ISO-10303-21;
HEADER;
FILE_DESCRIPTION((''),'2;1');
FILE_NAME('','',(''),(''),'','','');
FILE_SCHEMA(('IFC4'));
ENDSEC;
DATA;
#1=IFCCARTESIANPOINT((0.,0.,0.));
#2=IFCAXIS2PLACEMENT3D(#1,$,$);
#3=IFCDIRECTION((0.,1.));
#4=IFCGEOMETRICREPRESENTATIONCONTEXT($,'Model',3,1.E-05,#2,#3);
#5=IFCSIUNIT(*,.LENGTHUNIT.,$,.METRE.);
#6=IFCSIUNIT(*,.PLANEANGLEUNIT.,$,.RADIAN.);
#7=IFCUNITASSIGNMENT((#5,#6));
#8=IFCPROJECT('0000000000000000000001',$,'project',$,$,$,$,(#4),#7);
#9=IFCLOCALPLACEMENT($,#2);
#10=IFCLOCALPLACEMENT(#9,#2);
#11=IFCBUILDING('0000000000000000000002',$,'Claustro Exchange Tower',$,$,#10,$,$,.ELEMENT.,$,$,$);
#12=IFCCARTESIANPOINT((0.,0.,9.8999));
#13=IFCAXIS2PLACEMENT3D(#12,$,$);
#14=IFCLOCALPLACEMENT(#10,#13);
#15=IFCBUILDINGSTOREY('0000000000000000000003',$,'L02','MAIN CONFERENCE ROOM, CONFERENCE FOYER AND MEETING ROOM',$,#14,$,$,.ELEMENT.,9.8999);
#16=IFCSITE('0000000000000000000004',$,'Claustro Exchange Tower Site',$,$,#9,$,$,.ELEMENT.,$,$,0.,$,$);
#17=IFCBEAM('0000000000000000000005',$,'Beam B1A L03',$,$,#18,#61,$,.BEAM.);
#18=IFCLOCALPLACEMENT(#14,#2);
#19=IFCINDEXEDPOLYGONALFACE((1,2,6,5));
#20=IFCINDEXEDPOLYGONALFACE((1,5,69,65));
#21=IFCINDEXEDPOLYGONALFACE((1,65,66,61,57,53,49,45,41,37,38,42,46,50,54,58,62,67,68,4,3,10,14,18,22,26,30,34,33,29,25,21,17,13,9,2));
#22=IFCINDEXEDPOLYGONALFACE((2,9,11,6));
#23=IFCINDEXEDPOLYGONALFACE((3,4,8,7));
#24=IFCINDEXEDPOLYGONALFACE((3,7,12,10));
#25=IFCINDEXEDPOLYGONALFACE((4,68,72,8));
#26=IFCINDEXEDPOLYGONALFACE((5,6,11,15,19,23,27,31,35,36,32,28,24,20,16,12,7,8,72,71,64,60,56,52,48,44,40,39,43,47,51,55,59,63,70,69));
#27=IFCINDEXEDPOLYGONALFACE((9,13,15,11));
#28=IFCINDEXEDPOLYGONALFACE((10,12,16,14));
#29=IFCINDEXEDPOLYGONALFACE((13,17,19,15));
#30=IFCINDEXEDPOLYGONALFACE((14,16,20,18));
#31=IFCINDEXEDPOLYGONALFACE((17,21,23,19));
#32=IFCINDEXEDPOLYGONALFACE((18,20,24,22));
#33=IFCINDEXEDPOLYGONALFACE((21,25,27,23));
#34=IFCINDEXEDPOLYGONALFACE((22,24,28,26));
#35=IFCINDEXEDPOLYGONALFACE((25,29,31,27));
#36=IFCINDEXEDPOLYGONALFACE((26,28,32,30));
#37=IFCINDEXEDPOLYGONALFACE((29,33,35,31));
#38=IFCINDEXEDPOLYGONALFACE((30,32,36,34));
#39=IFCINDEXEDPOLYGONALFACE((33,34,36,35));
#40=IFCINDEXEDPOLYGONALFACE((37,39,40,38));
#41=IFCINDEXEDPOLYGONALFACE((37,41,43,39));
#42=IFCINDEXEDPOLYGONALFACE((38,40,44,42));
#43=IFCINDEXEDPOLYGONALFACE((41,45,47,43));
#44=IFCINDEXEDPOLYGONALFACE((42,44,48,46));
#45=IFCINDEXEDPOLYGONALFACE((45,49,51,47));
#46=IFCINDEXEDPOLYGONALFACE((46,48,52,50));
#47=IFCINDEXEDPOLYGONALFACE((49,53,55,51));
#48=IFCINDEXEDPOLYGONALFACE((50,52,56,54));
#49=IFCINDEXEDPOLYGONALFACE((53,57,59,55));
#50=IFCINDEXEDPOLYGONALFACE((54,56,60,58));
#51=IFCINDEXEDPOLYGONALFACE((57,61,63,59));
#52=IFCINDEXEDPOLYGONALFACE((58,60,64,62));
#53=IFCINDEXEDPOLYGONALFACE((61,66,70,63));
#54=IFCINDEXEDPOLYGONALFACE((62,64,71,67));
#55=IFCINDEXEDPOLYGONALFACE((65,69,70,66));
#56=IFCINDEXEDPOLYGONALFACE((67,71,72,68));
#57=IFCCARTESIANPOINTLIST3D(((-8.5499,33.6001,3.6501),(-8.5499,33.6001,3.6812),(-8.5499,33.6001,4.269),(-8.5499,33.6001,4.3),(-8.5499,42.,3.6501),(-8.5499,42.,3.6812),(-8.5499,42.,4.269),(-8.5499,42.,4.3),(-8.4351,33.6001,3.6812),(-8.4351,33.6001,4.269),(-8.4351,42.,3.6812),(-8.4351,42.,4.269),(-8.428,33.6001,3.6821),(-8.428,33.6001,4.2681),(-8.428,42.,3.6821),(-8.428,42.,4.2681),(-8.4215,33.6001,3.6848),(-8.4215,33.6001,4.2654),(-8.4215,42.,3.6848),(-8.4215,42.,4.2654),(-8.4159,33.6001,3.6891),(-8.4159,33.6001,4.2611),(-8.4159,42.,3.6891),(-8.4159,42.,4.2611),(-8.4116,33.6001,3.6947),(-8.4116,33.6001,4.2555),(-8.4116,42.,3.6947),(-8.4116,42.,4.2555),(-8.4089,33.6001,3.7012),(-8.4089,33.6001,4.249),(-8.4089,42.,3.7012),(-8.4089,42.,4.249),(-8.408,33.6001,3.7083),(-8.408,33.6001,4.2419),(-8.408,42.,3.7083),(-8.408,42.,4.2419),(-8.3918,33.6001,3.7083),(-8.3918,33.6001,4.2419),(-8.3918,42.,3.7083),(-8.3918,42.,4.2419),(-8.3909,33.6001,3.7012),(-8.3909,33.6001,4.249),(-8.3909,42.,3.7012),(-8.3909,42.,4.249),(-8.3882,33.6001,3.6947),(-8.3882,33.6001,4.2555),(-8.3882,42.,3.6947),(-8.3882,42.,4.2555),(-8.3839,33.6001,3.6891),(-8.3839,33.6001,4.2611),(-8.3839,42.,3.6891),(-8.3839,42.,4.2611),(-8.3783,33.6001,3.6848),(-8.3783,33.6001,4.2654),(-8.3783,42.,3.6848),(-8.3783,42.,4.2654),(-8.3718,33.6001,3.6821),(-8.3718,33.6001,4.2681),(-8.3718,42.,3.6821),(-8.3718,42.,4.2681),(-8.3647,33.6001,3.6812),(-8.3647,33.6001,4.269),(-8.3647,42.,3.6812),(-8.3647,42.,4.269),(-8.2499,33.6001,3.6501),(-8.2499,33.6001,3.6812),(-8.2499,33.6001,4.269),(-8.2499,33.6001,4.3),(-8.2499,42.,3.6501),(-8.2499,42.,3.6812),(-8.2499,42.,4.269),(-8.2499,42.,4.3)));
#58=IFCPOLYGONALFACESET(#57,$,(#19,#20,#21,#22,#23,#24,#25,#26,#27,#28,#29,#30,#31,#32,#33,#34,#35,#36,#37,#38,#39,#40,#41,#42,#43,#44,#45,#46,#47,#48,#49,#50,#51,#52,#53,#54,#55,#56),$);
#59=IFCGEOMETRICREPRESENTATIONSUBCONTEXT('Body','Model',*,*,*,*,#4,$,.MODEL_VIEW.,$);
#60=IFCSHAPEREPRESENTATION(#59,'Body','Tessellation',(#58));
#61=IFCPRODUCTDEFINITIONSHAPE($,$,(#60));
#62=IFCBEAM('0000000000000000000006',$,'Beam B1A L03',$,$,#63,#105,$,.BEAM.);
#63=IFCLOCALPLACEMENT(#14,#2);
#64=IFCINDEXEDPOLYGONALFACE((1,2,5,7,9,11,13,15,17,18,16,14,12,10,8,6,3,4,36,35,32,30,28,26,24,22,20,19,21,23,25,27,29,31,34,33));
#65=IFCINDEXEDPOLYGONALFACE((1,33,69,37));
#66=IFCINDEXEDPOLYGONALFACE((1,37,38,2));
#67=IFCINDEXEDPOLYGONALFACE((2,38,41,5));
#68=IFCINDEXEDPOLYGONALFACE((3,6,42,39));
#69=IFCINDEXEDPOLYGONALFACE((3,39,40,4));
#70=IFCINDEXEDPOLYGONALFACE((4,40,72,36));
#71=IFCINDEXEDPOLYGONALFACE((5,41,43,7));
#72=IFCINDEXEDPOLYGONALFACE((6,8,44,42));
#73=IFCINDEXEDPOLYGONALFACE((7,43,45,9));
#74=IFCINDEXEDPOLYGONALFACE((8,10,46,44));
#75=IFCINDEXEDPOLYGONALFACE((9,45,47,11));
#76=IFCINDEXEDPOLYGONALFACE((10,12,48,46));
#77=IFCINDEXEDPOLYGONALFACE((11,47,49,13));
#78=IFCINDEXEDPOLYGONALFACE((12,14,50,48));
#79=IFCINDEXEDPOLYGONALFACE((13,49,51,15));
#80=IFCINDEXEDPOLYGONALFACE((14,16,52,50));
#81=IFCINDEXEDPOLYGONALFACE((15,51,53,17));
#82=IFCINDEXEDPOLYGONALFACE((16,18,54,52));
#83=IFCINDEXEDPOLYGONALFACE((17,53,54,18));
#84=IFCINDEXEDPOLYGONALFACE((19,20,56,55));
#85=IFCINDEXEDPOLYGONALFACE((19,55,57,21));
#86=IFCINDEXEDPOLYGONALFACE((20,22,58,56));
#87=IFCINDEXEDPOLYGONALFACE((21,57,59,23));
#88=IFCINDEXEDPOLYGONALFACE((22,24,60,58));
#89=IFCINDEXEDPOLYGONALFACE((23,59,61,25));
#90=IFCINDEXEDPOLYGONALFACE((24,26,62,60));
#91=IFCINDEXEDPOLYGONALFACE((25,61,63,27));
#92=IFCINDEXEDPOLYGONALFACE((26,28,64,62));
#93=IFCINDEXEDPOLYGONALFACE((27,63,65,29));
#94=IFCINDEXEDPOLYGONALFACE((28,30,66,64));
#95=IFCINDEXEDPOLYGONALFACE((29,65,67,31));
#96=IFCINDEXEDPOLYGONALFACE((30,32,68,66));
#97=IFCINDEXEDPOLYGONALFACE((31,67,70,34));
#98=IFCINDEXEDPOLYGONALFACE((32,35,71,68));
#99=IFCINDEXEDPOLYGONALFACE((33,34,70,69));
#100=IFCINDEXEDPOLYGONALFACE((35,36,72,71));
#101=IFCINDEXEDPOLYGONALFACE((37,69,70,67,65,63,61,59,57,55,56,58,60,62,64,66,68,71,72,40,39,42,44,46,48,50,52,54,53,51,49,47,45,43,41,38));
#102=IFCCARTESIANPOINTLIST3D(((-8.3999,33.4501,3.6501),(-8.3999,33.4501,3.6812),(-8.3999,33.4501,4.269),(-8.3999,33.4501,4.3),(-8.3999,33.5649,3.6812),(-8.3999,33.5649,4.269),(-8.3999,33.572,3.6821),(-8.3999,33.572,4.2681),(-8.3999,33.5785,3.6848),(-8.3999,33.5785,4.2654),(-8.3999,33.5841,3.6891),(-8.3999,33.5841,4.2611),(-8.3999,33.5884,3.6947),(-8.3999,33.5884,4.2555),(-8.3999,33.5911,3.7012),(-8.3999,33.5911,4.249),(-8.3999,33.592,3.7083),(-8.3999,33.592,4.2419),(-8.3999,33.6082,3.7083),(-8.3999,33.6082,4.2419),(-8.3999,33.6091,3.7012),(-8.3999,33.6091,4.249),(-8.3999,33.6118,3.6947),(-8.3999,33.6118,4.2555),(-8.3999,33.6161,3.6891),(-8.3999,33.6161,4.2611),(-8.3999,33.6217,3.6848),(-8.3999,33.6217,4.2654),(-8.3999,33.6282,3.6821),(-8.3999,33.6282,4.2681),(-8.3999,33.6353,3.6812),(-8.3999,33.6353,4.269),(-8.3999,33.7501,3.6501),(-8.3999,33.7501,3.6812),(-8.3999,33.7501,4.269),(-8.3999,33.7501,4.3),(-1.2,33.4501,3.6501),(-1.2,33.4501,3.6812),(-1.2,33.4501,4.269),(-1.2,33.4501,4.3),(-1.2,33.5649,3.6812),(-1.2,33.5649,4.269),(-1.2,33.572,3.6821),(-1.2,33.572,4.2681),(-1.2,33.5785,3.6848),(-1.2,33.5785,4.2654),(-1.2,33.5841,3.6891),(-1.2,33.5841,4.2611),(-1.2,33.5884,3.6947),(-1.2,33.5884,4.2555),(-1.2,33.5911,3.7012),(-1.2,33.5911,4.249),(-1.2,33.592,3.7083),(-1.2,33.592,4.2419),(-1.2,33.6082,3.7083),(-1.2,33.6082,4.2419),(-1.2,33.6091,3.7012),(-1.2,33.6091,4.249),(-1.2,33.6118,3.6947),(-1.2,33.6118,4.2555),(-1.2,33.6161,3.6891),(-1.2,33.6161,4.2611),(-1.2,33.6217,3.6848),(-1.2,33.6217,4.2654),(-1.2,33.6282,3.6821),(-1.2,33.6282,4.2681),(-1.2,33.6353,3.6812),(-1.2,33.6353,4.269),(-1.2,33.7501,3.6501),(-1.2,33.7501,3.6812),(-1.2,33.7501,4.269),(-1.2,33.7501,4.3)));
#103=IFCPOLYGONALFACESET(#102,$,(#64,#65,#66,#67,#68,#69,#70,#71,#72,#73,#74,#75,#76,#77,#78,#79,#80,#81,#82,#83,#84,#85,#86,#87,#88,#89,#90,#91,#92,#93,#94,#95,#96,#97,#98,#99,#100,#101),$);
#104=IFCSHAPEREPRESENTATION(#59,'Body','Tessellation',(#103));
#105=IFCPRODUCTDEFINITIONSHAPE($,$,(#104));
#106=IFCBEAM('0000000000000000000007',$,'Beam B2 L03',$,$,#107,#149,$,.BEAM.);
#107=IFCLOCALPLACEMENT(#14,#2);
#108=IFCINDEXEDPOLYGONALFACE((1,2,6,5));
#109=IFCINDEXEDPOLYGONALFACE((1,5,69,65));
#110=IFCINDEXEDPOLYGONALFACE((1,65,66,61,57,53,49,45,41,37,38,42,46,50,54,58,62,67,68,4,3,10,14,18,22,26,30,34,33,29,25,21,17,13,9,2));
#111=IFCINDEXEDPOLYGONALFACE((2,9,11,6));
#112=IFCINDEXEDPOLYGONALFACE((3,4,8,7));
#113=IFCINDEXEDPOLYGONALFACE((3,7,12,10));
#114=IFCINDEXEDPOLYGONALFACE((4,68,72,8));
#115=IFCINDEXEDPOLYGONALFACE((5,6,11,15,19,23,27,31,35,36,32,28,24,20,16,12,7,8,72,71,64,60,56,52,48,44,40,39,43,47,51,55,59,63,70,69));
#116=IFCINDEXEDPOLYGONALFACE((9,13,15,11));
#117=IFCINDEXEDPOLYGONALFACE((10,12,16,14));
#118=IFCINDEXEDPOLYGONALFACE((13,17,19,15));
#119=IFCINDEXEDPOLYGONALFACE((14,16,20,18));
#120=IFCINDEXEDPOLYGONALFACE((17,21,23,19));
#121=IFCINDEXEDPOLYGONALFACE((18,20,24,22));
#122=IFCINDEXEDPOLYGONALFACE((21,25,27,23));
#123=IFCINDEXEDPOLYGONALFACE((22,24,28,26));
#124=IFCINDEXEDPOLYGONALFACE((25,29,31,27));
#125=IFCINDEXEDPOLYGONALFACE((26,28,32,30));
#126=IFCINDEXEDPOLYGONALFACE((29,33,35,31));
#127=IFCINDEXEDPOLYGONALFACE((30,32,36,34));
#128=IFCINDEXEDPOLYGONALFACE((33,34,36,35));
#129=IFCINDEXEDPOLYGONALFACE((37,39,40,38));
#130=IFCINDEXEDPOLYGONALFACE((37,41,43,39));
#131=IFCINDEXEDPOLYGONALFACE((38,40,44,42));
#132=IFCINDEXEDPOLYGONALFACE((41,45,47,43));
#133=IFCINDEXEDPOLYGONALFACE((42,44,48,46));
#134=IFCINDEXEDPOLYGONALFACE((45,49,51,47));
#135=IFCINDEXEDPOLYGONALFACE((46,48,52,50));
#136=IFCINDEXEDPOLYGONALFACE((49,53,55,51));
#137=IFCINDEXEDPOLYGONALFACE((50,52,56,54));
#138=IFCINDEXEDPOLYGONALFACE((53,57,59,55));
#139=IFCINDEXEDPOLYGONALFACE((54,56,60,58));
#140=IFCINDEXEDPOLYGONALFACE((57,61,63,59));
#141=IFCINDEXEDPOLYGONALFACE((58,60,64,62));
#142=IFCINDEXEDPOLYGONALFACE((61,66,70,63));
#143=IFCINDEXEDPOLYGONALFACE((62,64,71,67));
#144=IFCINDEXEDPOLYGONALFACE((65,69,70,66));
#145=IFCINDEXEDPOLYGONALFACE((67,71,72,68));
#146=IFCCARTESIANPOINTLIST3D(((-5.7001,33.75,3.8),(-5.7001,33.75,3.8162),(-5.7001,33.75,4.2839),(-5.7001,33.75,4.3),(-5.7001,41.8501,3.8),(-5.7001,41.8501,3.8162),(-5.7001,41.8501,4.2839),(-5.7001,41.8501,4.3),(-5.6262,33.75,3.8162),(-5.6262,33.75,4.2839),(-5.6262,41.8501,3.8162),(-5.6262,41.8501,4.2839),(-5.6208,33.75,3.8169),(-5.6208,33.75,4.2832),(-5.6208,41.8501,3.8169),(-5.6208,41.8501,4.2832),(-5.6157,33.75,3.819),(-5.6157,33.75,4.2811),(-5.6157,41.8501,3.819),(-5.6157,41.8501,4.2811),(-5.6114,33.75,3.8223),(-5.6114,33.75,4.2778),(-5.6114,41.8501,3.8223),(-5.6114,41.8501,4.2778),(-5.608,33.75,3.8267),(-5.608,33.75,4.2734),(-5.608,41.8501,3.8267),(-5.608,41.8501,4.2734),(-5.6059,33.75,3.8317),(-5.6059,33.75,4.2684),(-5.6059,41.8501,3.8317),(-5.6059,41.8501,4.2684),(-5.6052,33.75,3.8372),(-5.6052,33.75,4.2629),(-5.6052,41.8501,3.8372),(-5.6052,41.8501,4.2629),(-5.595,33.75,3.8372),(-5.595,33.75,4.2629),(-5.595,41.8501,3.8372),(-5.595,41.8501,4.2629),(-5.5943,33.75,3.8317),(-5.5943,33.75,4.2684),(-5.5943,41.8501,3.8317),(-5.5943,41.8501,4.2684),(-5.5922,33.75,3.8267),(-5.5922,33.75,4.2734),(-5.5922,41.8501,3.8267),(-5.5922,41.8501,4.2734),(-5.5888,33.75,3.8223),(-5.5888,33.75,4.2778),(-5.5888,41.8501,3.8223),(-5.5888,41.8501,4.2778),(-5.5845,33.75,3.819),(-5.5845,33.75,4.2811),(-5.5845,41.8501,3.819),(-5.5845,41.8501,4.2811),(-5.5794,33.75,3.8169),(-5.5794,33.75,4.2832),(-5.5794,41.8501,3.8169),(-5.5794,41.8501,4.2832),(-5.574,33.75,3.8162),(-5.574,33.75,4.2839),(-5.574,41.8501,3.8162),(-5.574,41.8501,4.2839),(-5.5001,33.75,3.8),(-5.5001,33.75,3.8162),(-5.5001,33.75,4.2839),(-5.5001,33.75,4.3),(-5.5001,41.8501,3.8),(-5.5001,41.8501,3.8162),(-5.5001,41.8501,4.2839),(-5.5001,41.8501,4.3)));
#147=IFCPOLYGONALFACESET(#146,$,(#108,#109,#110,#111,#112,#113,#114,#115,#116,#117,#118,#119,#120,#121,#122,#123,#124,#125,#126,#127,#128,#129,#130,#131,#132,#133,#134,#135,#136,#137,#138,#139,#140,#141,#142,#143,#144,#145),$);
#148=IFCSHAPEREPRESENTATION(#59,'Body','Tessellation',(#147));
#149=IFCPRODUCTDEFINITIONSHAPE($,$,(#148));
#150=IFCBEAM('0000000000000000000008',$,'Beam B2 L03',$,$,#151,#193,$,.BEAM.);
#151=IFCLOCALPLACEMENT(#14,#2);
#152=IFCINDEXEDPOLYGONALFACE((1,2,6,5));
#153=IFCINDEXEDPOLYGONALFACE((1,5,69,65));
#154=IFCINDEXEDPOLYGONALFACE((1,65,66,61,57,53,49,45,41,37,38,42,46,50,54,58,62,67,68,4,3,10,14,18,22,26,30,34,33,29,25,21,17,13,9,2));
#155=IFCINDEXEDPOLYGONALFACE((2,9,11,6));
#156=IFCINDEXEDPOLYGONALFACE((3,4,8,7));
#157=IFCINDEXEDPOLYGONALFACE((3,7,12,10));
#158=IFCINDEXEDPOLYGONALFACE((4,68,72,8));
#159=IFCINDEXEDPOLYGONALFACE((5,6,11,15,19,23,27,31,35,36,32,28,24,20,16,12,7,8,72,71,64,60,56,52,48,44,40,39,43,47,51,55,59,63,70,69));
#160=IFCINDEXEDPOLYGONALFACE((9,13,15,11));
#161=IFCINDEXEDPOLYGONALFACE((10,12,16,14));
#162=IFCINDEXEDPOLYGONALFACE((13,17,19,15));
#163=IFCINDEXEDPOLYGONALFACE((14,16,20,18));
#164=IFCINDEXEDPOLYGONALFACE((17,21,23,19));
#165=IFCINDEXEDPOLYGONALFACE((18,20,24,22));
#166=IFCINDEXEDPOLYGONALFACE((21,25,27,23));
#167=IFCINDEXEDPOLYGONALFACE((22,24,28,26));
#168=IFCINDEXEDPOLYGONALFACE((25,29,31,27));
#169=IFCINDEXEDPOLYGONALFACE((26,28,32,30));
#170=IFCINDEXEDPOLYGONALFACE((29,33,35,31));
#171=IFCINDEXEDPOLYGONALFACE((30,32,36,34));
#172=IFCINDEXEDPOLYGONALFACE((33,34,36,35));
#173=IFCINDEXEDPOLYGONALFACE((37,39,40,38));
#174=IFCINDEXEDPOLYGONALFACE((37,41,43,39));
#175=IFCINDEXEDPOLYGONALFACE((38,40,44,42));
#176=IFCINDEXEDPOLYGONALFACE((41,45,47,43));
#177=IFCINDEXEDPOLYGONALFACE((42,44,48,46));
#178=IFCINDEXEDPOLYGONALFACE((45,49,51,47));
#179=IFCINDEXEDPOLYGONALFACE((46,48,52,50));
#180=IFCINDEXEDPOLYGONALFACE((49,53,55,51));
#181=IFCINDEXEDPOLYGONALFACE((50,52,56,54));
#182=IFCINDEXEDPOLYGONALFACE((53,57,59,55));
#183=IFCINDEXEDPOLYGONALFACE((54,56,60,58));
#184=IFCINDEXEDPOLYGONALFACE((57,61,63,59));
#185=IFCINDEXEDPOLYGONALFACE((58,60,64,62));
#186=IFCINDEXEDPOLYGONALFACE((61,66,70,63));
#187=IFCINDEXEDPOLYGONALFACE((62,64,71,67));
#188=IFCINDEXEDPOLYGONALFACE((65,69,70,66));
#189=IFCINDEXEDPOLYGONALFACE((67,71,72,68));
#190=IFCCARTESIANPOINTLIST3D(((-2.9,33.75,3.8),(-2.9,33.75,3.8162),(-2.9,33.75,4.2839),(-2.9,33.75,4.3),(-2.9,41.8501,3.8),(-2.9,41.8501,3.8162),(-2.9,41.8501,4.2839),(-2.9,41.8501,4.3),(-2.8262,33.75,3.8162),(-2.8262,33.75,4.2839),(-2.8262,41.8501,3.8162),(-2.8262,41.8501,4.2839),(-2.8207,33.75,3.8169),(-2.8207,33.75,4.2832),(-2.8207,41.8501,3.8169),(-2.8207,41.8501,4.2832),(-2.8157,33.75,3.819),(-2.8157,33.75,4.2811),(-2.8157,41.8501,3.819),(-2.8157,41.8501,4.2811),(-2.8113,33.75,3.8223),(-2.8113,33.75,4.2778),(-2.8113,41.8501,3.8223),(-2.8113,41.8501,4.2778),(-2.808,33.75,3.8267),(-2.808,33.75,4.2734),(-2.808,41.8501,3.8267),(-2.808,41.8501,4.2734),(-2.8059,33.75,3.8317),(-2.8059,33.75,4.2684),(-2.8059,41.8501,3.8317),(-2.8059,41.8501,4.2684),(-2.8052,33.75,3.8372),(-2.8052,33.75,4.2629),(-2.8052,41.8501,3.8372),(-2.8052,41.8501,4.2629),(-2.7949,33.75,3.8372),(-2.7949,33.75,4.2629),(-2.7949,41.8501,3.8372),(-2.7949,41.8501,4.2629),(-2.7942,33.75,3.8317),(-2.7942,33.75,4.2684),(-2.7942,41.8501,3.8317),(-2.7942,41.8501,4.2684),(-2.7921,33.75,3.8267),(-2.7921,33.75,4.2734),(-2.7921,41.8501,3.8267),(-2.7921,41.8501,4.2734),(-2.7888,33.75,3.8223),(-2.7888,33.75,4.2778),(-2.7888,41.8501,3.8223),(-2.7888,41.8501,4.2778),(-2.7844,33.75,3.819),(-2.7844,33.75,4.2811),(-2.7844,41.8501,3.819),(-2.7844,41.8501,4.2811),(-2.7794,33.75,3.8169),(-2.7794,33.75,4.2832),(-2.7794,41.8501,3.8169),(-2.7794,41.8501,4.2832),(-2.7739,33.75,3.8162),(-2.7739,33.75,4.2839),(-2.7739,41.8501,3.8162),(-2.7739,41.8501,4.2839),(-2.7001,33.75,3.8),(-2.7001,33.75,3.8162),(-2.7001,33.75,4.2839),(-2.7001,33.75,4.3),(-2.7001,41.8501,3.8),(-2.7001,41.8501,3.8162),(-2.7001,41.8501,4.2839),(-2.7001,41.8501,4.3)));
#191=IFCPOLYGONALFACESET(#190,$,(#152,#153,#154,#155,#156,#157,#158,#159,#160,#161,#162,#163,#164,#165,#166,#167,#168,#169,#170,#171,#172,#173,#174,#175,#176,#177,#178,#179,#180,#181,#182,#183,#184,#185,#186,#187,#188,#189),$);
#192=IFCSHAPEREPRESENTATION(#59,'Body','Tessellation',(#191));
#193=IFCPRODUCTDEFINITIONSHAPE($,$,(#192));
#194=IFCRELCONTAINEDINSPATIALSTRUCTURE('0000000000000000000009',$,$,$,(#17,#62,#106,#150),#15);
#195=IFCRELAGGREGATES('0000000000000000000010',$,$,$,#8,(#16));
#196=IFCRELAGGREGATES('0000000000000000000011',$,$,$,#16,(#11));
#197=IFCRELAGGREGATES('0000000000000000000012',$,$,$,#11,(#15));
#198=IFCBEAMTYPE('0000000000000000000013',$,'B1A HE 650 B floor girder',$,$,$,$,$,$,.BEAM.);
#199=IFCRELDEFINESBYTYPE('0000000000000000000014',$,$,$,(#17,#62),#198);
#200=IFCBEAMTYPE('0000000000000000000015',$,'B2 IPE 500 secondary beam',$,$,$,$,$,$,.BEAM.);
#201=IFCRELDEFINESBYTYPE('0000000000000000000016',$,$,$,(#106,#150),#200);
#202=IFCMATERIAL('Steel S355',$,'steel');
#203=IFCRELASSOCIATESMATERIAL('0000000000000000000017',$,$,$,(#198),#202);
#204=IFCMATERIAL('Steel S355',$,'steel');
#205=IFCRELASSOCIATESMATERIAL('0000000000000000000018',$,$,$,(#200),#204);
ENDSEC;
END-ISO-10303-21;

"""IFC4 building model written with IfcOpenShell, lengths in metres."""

from ifc_helpers import new_model, si_unit, direction, frame, origin, origin_2d, place, context, subcontext, project, spatial, i_section, extrude, material, material_profile, profile_set, type_object, element, save


model = new_model("IFC4")

# Units and contexts
model_context = context("Model", 3, precision=1e-05, world=origin(), true_north=direction((0.0, 1.0)))
body_context = subcontext(model_context, "Body", "Model", "MODEL_VIEW")
ifc_project = project(units=[si_unit("LENGTHUNIT", "METRE"), si_unit("PLANEANGLEUNIT", "RADIAN")], contexts=[model_context])

# Site, building, storey
site_placement = place(None, origin())
site = spatial("IfcSite", under=ifc_project, at=site_placement, Name="Claustro Exchange Tower Site", CompositionType="ELEMENT", RefElevation=0.0)
building_placement = place(site_placement, origin())
building = spatial("IfcBuilding", under=site, at=building_placement, Name="Claustro Exchange Tower", CompositionType="ELEMENT")
storey_placement = place(building_placement, frame((0.0, 0.0, 9.8999)))
storey = spatial("IfcBuildingStorey", under=building, at=storey_placement, Name="L02", Description="MAIN CONFERENCE ROOM, CONFERENCE FOYER AND MEETING ROOM", CompositionType="ELEMENT", Elevation=9.8999)

# Beams
ifc_material_1 = material(Name="Steel S355", Category="steel")
ifc_material_profile_1 = material_profile(ifc_material_1, i_section(OverallWidth=0.3, OverallDepth=0.6499, WebThickness=0.0161, FlangeThickness=0.031, FilletRadius=0.0271, at=origin_2d()), Name="HE 650 B")
ifc_profile_set_1 = profile_set([ifc_material_profile_1], Name="Steel S355")
beam_type_1 = type_object("IfcBeamType", Name="B1A HE 650 B floor girder", PredefinedType="BEAM", material=ifc_profile_set_1)
beam_1_placement = place(storey_placement, frame((-8.3999, 33.6001, 3.9751), z_axis=(0.0, 1.0, 0.0), x_axis=(-1.0, 0.0, 0.0)))
element("IfcBeam", 1, at=beam_1_placement, inside=storey, type_object=beam_type_1, Name="Beam B1A L03", PredefinedType="BEAM", context=body_context, shape_type="SweptSolid", body=[
    extrude(i_section(OverallWidth=0.3, OverallDepth=0.6499, WebThickness=0.0161, FlangeThickness=0.031, FilletRadius=0.0271, at=origin_2d()), origin(), (0.0, 0.0, 1.0), 8.3999),
])
beam_2_placement = place(storey_placement, frame((-8.3999, 33.6001, 3.9751), z_axis=(1.0, 0.0, 0.0), x_axis=(0.0, 1.0, 0.0)))
element("IfcBeam", 2, at=beam_2_placement, inside=storey, type_object=beam_type_1, Name="Beam B1A L03", PredefinedType="BEAM", context=body_context, shape_type="SweptSolid", body=[
    extrude(i_section(OverallWidth=0.3, OverallDepth=0.6499, WebThickness=0.0161, FlangeThickness=0.031, FilletRadius=0.0271, at=origin_2d()), origin(), (0.0, 0.0, 1.0), 7.2),
])
ifc_material_2 = material(Name="Steel S355", Category="steel")
ifc_material_profile_2 = material_profile(ifc_material_2, i_section(OverallWidth=0.2, OverallDepth=0.5, WebThickness=0.0103, FlangeThickness=0.0161, FilletRadius=0.021, at=origin_2d()), Name="IPE 500")
ifc_profile_set_2 = profile_set([ifc_material_profile_2], Name="Steel S355")
beam_type_2 = type_object("IfcBeamType", Name="B2 IPE 500 secondary beam", PredefinedType="BEAM", material=ifc_profile_set_2)
for number, where, z_axis, x_axis, name in (
    (3, (-5.6001, 33.75, 4.05), (0.0, 1.0, 0.0), (-1.0, 0.0, 0.0), "Beam B2 L03"),
    (4, (-2.8, 33.75, 4.05), (0.0, 1.0, 0.0), (-1.0, 0.0, 0.0), "Beam B2 L03"),
):
    element("IfcBeam", number, at=place(storey_placement, frame(where, z_axis=z_axis, x_axis=x_axis)), inside=storey, type_object=beam_type_2, Name=name, PredefinedType="BEAM", context=body_context, shape_type="SweptSolid", body=[
        extrude(i_section(OverallWidth=0.2, OverallDepth=0.5, WebThickness=0.0103, FlangeThickness=0.0161, FilletRadius=0.021, at=origin_2d()), origin(), (0.0, 0.0, 1.0), 8.1001),
    ])

save(model, "model.ifc")
